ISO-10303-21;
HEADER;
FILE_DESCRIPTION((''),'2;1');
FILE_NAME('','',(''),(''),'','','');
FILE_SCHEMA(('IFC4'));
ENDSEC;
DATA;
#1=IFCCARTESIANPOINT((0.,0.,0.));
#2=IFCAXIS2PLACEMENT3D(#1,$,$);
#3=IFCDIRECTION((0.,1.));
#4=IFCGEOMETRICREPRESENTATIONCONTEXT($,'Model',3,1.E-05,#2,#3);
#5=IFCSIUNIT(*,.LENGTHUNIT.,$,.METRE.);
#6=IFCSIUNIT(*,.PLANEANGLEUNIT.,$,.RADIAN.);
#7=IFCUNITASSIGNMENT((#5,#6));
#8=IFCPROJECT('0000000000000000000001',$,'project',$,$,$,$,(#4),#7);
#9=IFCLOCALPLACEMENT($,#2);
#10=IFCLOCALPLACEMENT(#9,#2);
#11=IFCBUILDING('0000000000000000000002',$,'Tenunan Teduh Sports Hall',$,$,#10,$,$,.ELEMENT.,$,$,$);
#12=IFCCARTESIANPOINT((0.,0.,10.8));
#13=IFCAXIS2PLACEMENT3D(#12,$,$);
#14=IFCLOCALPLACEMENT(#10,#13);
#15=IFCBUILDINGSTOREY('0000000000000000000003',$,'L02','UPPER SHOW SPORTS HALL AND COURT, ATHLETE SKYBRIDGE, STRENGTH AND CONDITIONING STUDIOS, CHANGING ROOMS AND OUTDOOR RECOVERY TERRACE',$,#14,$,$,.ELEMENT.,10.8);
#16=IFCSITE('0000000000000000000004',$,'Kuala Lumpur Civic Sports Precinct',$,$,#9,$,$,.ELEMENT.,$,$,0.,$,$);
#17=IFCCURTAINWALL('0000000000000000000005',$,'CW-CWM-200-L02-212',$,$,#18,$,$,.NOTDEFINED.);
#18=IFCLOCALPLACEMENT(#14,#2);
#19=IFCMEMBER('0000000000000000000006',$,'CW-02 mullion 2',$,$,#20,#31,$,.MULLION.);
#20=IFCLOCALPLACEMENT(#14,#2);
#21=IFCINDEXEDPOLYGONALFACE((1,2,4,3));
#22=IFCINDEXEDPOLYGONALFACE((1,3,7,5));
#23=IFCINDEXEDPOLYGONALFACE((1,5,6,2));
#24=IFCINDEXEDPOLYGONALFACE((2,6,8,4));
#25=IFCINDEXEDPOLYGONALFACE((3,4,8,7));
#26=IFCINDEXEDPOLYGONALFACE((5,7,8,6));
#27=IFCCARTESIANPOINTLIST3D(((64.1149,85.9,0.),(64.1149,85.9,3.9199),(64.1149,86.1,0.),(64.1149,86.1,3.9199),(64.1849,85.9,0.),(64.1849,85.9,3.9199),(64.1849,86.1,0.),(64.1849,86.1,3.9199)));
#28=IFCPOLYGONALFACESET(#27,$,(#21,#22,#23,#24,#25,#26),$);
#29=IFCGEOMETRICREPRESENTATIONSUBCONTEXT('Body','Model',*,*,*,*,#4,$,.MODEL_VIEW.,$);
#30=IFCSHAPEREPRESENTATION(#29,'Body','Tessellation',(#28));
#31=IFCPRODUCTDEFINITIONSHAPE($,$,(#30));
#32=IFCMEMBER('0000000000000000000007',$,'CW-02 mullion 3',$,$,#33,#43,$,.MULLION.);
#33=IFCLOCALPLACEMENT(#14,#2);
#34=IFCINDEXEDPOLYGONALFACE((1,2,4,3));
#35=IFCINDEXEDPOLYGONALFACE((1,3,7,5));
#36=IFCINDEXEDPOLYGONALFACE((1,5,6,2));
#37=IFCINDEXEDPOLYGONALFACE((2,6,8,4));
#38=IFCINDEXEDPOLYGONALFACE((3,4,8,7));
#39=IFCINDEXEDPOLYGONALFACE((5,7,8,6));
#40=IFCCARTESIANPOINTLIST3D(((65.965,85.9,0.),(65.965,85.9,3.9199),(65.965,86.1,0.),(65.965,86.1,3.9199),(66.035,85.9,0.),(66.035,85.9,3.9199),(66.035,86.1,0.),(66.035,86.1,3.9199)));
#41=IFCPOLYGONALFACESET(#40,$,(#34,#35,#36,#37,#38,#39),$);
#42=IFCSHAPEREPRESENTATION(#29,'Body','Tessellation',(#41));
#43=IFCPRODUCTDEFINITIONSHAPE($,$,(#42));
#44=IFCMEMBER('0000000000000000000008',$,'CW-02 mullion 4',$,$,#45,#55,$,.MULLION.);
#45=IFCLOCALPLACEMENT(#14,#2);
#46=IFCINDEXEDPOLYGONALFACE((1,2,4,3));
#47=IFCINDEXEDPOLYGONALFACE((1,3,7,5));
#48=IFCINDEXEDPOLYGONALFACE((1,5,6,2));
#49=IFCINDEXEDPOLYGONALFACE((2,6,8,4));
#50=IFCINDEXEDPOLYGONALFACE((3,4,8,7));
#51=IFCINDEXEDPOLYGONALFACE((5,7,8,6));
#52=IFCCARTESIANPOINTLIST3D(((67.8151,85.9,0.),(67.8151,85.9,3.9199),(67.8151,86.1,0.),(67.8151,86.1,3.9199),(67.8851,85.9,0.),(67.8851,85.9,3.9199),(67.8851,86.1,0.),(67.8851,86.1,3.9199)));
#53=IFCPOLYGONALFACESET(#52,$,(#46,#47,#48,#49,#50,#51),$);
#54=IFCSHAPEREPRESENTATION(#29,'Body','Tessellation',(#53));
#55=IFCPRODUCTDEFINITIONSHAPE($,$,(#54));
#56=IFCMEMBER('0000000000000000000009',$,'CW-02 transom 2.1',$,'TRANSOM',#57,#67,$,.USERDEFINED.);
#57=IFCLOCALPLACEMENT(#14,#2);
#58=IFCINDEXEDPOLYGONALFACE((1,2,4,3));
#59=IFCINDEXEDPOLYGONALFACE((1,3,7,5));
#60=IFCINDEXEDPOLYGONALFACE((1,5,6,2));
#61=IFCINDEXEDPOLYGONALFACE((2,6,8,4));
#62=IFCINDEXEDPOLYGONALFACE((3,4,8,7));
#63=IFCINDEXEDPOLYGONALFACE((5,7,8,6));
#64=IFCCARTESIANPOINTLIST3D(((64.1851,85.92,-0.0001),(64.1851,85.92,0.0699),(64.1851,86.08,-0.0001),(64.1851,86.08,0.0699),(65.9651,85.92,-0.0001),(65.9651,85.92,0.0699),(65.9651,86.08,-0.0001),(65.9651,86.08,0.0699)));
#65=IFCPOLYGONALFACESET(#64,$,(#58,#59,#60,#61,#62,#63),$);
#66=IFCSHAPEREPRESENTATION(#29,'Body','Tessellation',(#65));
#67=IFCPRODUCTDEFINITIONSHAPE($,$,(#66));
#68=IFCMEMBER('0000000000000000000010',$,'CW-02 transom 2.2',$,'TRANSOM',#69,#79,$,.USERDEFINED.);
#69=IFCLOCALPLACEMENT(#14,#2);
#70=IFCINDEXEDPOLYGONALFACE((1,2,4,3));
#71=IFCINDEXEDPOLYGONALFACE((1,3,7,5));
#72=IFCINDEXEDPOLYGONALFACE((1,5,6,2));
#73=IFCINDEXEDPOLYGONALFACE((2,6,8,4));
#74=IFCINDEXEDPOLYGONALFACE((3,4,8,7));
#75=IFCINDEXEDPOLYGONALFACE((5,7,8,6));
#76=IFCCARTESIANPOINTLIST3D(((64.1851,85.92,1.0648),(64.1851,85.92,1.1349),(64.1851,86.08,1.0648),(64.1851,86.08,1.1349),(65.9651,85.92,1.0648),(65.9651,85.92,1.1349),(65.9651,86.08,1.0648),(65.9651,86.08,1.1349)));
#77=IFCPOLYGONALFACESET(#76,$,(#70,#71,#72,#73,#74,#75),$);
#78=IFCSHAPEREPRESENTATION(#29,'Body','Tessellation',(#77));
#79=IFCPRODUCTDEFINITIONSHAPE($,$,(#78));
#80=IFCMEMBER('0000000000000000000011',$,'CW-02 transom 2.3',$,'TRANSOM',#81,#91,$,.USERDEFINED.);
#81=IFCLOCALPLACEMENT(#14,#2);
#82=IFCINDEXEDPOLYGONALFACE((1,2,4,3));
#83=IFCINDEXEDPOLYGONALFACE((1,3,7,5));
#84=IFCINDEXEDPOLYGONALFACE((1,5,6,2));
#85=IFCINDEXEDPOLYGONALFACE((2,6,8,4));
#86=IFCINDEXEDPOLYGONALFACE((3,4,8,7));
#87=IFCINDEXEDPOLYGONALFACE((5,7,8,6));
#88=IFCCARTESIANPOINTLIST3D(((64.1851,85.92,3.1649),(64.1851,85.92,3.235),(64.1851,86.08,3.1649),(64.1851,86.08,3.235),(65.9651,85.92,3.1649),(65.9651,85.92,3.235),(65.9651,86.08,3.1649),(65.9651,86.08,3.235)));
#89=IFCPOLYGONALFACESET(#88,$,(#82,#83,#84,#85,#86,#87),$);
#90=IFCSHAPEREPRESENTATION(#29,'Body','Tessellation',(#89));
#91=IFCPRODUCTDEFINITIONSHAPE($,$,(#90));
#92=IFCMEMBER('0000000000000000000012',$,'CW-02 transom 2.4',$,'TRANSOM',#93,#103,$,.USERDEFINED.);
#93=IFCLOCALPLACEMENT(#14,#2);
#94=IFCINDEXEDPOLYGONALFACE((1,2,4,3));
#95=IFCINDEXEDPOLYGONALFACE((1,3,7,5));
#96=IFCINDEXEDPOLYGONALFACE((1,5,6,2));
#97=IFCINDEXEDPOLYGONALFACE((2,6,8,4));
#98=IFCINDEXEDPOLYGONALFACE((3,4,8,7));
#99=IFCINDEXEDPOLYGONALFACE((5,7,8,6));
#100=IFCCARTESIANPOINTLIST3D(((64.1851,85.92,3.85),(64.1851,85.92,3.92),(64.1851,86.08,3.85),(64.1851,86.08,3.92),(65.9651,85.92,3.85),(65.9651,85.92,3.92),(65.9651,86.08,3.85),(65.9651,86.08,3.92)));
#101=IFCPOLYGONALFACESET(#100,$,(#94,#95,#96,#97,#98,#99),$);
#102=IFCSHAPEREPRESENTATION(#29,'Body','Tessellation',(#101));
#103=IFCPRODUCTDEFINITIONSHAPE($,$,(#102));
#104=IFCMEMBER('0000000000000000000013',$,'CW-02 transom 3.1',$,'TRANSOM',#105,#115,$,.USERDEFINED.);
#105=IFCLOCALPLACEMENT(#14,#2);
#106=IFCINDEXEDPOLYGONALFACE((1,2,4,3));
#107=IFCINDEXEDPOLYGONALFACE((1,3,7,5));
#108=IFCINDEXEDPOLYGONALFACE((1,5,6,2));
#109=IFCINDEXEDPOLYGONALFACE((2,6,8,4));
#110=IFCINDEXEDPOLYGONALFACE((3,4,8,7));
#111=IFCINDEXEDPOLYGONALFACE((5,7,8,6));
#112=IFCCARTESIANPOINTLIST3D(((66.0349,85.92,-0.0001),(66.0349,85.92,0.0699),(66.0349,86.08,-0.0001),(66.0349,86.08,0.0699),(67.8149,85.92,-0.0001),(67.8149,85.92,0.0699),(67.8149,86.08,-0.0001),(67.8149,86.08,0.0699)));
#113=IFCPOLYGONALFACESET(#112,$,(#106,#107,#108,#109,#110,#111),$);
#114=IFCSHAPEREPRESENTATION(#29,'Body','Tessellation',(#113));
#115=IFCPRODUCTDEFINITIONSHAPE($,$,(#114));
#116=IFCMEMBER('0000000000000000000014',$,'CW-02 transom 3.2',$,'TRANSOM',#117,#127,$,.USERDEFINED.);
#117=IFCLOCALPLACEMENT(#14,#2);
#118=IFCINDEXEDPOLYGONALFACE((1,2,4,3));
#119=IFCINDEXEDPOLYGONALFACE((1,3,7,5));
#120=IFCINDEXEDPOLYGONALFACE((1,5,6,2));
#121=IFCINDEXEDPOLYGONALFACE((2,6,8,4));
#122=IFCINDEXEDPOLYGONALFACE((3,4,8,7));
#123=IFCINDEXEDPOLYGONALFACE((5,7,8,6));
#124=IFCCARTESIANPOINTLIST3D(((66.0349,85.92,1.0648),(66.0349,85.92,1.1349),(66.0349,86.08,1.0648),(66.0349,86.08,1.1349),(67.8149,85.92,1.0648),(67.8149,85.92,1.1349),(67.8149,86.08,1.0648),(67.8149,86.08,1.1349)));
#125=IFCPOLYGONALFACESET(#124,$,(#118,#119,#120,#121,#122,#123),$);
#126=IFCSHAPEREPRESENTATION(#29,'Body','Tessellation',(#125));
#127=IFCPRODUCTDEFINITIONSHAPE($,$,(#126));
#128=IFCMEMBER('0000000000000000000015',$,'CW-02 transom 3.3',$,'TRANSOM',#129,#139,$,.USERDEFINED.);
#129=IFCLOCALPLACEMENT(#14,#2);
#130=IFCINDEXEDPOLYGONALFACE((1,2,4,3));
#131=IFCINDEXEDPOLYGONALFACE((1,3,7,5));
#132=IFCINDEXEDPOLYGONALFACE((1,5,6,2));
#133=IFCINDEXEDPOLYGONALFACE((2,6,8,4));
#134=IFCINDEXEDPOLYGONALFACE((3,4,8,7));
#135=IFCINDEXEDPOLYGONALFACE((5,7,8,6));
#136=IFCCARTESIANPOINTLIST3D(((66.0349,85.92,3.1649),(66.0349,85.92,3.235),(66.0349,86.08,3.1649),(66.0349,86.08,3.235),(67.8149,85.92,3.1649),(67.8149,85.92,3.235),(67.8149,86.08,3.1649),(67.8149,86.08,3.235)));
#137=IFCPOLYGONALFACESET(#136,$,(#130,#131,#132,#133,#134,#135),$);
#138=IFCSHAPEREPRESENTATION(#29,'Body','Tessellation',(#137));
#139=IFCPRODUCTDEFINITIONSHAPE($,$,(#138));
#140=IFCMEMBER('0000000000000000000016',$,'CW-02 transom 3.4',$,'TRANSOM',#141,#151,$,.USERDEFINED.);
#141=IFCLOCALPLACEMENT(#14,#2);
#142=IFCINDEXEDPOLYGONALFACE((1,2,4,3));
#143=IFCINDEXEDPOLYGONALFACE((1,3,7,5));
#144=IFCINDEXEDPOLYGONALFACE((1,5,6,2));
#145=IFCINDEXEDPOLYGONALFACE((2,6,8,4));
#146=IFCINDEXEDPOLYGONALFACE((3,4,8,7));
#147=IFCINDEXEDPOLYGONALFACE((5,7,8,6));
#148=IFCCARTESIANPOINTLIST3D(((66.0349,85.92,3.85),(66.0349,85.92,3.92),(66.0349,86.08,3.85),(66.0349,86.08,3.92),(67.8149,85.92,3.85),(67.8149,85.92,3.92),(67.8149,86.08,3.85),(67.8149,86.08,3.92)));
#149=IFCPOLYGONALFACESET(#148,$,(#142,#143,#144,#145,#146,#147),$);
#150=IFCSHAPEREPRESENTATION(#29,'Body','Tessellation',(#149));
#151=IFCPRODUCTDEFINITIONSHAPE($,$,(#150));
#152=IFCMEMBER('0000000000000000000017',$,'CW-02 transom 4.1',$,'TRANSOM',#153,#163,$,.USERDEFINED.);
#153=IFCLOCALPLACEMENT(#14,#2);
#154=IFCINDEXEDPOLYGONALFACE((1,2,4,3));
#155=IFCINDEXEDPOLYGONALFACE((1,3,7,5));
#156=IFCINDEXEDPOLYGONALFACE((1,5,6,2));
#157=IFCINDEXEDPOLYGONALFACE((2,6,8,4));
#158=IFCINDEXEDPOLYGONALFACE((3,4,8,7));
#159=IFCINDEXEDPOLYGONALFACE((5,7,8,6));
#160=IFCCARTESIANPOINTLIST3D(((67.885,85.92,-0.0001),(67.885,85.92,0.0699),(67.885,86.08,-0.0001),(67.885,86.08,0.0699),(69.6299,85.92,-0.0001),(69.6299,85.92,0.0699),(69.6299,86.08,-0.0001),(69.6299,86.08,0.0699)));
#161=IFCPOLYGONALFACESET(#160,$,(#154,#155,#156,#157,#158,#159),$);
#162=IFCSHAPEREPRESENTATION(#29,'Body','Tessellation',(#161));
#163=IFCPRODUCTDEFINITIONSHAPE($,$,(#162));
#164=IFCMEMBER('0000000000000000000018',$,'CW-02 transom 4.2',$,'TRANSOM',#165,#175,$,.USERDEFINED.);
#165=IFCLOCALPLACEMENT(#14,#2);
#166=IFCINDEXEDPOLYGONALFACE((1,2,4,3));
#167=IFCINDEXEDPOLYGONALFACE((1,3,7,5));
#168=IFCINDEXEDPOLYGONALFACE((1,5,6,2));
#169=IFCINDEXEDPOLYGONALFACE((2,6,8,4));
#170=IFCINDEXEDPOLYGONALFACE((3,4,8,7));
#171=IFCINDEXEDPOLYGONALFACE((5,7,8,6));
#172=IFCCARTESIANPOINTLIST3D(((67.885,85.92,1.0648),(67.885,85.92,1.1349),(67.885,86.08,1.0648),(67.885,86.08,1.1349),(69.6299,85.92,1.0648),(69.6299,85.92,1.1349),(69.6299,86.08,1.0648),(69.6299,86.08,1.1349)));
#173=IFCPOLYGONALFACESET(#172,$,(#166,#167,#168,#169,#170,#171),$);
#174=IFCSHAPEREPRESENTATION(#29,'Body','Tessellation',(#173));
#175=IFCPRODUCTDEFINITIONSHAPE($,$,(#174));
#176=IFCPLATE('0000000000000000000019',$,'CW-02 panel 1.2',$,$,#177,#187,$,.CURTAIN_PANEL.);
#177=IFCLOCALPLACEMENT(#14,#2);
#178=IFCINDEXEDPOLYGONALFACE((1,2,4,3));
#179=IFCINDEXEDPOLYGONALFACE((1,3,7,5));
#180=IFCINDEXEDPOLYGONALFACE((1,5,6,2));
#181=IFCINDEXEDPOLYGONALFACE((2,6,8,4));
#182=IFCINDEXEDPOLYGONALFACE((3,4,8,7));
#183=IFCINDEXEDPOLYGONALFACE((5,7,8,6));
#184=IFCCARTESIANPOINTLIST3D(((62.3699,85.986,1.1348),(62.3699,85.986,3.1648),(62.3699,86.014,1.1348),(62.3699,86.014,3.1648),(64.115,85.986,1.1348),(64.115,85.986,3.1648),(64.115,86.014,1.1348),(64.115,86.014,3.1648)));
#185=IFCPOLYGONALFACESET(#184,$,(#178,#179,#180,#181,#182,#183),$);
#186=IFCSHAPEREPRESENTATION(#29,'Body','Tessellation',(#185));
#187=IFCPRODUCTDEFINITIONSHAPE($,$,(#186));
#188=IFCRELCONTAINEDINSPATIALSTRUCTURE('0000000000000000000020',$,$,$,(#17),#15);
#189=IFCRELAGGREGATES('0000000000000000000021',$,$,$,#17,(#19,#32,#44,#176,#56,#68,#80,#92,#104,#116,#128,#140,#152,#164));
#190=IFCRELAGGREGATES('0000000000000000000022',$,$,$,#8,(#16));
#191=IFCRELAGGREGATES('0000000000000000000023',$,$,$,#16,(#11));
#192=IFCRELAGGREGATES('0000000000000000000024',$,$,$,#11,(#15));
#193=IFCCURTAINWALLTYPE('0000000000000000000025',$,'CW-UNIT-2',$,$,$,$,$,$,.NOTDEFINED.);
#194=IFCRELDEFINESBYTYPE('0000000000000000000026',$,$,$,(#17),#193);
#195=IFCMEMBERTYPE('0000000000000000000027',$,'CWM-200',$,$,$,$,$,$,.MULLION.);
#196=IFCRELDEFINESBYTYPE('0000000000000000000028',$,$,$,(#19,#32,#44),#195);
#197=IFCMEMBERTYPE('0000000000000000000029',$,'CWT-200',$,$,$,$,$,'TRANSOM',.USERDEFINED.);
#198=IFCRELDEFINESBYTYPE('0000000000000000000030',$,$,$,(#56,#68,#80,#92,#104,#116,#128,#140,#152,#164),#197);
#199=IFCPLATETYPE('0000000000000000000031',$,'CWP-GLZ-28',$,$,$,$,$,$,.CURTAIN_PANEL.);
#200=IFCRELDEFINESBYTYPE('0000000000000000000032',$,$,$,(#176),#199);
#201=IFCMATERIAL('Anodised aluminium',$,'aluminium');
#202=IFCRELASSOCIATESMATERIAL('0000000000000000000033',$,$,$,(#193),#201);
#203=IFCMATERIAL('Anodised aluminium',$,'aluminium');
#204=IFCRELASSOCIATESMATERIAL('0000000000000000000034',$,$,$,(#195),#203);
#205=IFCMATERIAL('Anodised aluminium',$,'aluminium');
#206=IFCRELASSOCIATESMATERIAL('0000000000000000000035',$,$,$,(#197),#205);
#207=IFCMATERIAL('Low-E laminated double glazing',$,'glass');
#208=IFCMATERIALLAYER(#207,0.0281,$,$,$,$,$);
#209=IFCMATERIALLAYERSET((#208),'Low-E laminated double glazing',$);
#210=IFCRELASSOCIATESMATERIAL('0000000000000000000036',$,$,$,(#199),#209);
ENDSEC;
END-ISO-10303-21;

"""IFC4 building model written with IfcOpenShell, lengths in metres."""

from ifc_helpers import new_model, si_unit, direction, frame, origin, origin_2d, place, context, subcontext, project, spatial, rectangle, extrude, material, layer, layer_set, material_profile, profile_set, type_object, element, aggregate, save


model = new_model("IFC4")

# Units and contexts
model_context = context("Model", 3, precision=1e-05, world=origin(), true_north=direction((0.0, 1.0)))
body_context = subcontext(model_context, "Body", "Model", "MODEL_VIEW")
ifc_project = project(units=[si_unit("LENGTHUNIT", "METRE"), si_unit("PLANEANGLEUNIT", "RADIAN")], contexts=[model_context])

# Site, building, storey
site_placement = place(None, origin())
site = spatial("IfcSite", under=ifc_project, at=site_placement, Name="Kuala Lumpur Civic Sports Precinct", CompositionType="ELEMENT", RefElevation=0.0)
building_placement = place(site_placement, origin())
building = spatial("IfcBuilding", under=site, at=building_placement, Name="Tenunan Teduh Sports Hall", CompositionType="ELEMENT")
storey_placement = place(building_placement, frame((0.0, 0.0, 10.8)))
storey = spatial("IfcBuildingStorey", under=building, at=storey_placement, Name="L02", Description="UPPER SHOW SPORTS HALL AND COURT, ATHLETE SKYBRIDGE, STRENGTH AND CONDITIONING STUDIOS, CHANGING ROOMS AND OUTDOOR RECOVERY TERRACE", CompositionType="ELEMENT", Elevation=10.8)

# Curtain wall, members, plate
ifc_material_1 = material(Name="Anodised aluminium", Category="aluminium")
curtain_wall_type = type_object("IfcCurtainWallType", Name="CW-UNIT-2", PredefinedType="NOTDEFINED", material=ifc_material_1)
curtain_wall_placement = place(storey_placement, origin())
curtain_wall = element("IfcCurtainWall", 1, at=curtain_wall_placement, inside=storey, type_object=curtain_wall_type, Name="CW-CWM-200-L02-212", PredefinedType="NOTDEFINED")
ifc_material_2 = material(Name="Anodised aluminium", Category="aluminium")
ifc_material_profile_1 = material_profile(ifc_material_2, rectangle(XDim=0.0701, YDim=0.2, at=origin_2d()), Name="CWM 70x200")
ifc_profile_set_1 = profile_set([ifc_material_profile_1], Name="Anodised aluminium")
member_type_1 = type_object("IfcMemberType", Name="CWM-200", PredefinedType="MULLION", material=ifc_profile_set_1)
member_1_placement = place(storey_placement, frame((64.1499, 86.0, 0.0), z_axis=(0.0, 0.0, 1.0), x_axis=(1.0, 0.0, 0.0)))
member_1 = element("IfcMember", 2, at=member_1_placement, type_object=member_type_1, Name="CW-02 mullion 2", PredefinedType="MULLION", context=body_context, shape_type="SweptSolid", body=[
    extrude(rectangle(XDim=0.0701, YDim=0.2, at=origin_2d()), origin(), (0.0, 0.0, 1.0), 3.9199),
])
member_2_placement = place(storey_placement, frame((66.0, 86.0, 0.0), z_axis=(0.0, 0.0, 1.0), x_axis=(1.0, 0.0, 0.0)))
member_2 = element("IfcMember", 3, at=member_2_placement, type_object=member_type_1, Name="CW-02 mullion 3", PredefinedType="MULLION", context=body_context, shape_type="SweptSolid", body=[
    extrude(rectangle(XDim=0.0701, YDim=0.2, at=origin_2d()), origin(), (0.0, 0.0, 1.0), 3.9199),
])
member_3_placement = place(storey_placement, frame((67.8501, 86.0, 0.0), z_axis=(0.0, 0.0, 1.0), x_axis=(1.0, 0.0, 0.0)))
member_3 = element("IfcMember", 4, at=member_3_placement, type_object=member_type_1, Name="CW-02 mullion 4", PredefinedType="MULLION", context=body_context, shape_type="SweptSolid", body=[
    extrude(rectangle(XDim=0.0701, YDim=0.2, at=origin_2d()), origin(), (0.0, 0.0, 1.0), 3.9199),
])
ifc_material_3 = material(Name="Anodised aluminium", Category="aluminium")
ifc_material_profile_2 = material_profile(ifc_material_3, rectangle(XDim=0.0701, YDim=0.1599, at=origin_2d()), Name="CWT 70x160")
ifc_profile_set_2 = profile_set([ifc_material_profile_2], Name="Anodised aluminium")
member_type_2 = type_object("IfcMemberType", Name="CWT-200", ElementType="TRANSOM", PredefinedType="USERDEFINED", material=ifc_profile_set_2)
member_4_placement = place(storey_placement, frame((64.1851, 86.0, 0.0349), z_axis=(1.0, 0.0, 0.0), x_axis=(0.0, 0.0, 1.0)))
member_4 = element("IfcMember", 5, at=member_4_placement, type_object=member_type_2, Name="CW-02 transom 2.1", ObjectType="TRANSOM", PredefinedType="USERDEFINED", context=body_context, shape_type="SweptSolid", body=[
    extrude(rectangle(XDim=0.0701, YDim=0.1599, at=origin_2d()), origin(), (0.0, 0.0, 1.0), 1.78),
])
member_5_placement = place(storey_placement, frame((64.1851, 86.0, 1.0999), z_axis=(1.0, 0.0, 0.0), x_axis=(0.0, 0.0, 1.0)))
member_5 = element("IfcMember", 6, at=member_5_placement, type_object=member_type_2, Name="CW-02 transom 2.2", ObjectType="TRANSOM", PredefinedType="USERDEFINED", context=body_context, shape_type="SweptSolid", body=[
    extrude(rectangle(XDim=0.0701, YDim=0.1599, at=origin_2d()), origin(), (0.0, 0.0, 1.0), 1.78),
])
member_6_placement = place(storey_placement, frame((64.1851, 86.0, 3.2), z_axis=(1.0, 0.0, 0.0), x_axis=(0.0, 0.0, 1.0)))
member_6 = element("IfcMember", 7, at=member_6_placement, type_object=member_type_2, Name="CW-02 transom 2.3", ObjectType="TRANSOM", PredefinedType="USERDEFINED", context=body_context, shape_type="SweptSolid", body=[
    extrude(rectangle(XDim=0.0701, YDim=0.1599, at=origin_2d()), origin(), (0.0, 0.0, 1.0), 1.78),
])
member_7_placement = place(storey_placement, frame((64.1851, 86.0, 3.885), z_axis=(1.0, 0.0, 0.0), x_axis=(0.0, 0.0, 1.0)))
member_7 = element("IfcMember", 8, at=member_7_placement, type_object=member_type_2, Name="CW-02 transom 2.4", ObjectType="TRANSOM", PredefinedType="USERDEFINED", context=body_context, shape_type="SweptSolid", body=[
    extrude(rectangle(XDim=0.0701, YDim=0.1599, at=origin_2d()), origin(), (0.0, 0.0, 1.0), 1.78),
])
member_8_placement = place(storey_placement, frame((66.0349, 86.0, 0.0349), z_axis=(1.0, 0.0, 0.0), x_axis=(0.0, 0.0, 1.0)))
member_8 = element("IfcMember", 9, at=member_8_placement, type_object=member_type_2, Name="CW-02 transom 3.1", ObjectType="TRANSOM", PredefinedType="USERDEFINED", context=body_context, shape_type="SweptSolid", body=[
    extrude(rectangle(XDim=0.0701, YDim=0.1599, at=origin_2d()), origin(), (0.0, 0.0, 1.0), 1.78),
])
member_9_placement = place(storey_placement, frame((66.0349, 86.0, 1.0999), z_axis=(1.0, 0.0, 0.0), x_axis=(0.0, 0.0, 1.0)))
member_9 = element("IfcMember", 10, at=member_9_placement, type_object=member_type_2, Name="CW-02 transom 3.2", ObjectType="TRANSOM", PredefinedType="USERDEFINED", context=body_context, shape_type="SweptSolid", body=[
    extrude(rectangle(XDim=0.0701, YDim=0.1599, at=origin_2d()), origin(), (0.0, 0.0, 1.0), 1.78),
])
member_10_placement = place(storey_placement, frame((66.0349, 86.0, 3.2), z_axis=(1.0, 0.0, 0.0), x_axis=(0.0, 0.0, 1.0)))
member_10 = element("IfcMember", 11, at=member_10_placement, type_object=member_type_2, Name="CW-02 transom 3.3", ObjectType="TRANSOM", PredefinedType="USERDEFINED", context=body_context, shape_type="SweptSolid", body=[
    extrude(rectangle(XDim=0.0701, YDim=0.1599, at=origin_2d()), origin(), (0.0, 0.0, 1.0), 1.78),
])
member_11_placement = place(storey_placement, frame((66.0349, 86.0, 3.885), z_axis=(1.0, 0.0, 0.0), x_axis=(0.0, 0.0, 1.0)))
member_11 = element("IfcMember", 12, at=member_11_placement, type_object=member_type_2, Name="CW-02 transom 3.4", ObjectType="TRANSOM", PredefinedType="USERDEFINED", context=body_context, shape_type="SweptSolid", body=[
    extrude(rectangle(XDim=0.0701, YDim=0.1599, at=origin_2d()), origin(), (0.0, 0.0, 1.0), 1.78),
])
member_12_placement = place(storey_placement, frame((67.885, 86.0, 0.0349), z_axis=(1.0, 0.0, 0.0), x_axis=(0.0, 0.0, 1.0)))
member_12 = element("IfcMember", 13, at=member_12_placement, type_object=member_type_2, Name="CW-02 transom 4.1", ObjectType="TRANSOM", PredefinedType="USERDEFINED", context=body_context, shape_type="SweptSolid", body=[
    extrude(rectangle(XDim=0.0701, YDim=0.1599, at=origin_2d()), origin(), (0.0, 0.0, 1.0), 1.7449),
])
member_13_placement = place(storey_placement, frame((67.885, 86.0, 1.0999), z_axis=(1.0, 0.0, 0.0), x_axis=(0.0, 0.0, 1.0)))
member_13 = element("IfcMember", 14, at=member_13_placement, type_object=member_type_2, Name="CW-02 transom 4.2", ObjectType="TRANSOM", PredefinedType="USERDEFINED", context=body_context, shape_type="SweptSolid", body=[
    extrude(rectangle(XDim=0.0701, YDim=0.1599, at=origin_2d()), origin(), (0.0, 0.0, 1.0), 1.7449),
])
ifc_material_4 = material(Name="Low-E laminated double glazing", Category="glass")
ifc_layer_1 = layer(ifc_material_4, 0.0281)
ifc_layer_set_1 = layer_set([ifc_layer_1], Name="Low-E laminated double glazing")
plate_type_1 = type_object("IfcPlateType", Name="CWP-GLZ-28", PredefinedType="CURTAIN_PANEL", material=ifc_layer_set_1)
plate_1_placement = place(storey_placement, frame((63.2424, 86.0, 1.1348), z_axis=(0.0, 0.0, 1.0), x_axis=(1.0, 0.0, 0.0)))
plate_1 = element("IfcPlate", 15, at=plate_1_placement, type_object=plate_type_1, Name="CW-02 panel 1.2", PredefinedType="CURTAIN_PANEL", context=body_context, shape_type="SweptSolid", body=[
    extrude(rectangle(XDim=1.7451, YDim=0.0281, at=origin_2d()), origin(), (0.0, 0.0, 1.0), 2.03),
])
aggregate(curtain_wall, [member_1, member_2, member_3, plate_1, member_4, member_5, member_6, member_7, member_8, member_9, member_10, member_11, member_12, member_13])

save(model, "model.ifc")
